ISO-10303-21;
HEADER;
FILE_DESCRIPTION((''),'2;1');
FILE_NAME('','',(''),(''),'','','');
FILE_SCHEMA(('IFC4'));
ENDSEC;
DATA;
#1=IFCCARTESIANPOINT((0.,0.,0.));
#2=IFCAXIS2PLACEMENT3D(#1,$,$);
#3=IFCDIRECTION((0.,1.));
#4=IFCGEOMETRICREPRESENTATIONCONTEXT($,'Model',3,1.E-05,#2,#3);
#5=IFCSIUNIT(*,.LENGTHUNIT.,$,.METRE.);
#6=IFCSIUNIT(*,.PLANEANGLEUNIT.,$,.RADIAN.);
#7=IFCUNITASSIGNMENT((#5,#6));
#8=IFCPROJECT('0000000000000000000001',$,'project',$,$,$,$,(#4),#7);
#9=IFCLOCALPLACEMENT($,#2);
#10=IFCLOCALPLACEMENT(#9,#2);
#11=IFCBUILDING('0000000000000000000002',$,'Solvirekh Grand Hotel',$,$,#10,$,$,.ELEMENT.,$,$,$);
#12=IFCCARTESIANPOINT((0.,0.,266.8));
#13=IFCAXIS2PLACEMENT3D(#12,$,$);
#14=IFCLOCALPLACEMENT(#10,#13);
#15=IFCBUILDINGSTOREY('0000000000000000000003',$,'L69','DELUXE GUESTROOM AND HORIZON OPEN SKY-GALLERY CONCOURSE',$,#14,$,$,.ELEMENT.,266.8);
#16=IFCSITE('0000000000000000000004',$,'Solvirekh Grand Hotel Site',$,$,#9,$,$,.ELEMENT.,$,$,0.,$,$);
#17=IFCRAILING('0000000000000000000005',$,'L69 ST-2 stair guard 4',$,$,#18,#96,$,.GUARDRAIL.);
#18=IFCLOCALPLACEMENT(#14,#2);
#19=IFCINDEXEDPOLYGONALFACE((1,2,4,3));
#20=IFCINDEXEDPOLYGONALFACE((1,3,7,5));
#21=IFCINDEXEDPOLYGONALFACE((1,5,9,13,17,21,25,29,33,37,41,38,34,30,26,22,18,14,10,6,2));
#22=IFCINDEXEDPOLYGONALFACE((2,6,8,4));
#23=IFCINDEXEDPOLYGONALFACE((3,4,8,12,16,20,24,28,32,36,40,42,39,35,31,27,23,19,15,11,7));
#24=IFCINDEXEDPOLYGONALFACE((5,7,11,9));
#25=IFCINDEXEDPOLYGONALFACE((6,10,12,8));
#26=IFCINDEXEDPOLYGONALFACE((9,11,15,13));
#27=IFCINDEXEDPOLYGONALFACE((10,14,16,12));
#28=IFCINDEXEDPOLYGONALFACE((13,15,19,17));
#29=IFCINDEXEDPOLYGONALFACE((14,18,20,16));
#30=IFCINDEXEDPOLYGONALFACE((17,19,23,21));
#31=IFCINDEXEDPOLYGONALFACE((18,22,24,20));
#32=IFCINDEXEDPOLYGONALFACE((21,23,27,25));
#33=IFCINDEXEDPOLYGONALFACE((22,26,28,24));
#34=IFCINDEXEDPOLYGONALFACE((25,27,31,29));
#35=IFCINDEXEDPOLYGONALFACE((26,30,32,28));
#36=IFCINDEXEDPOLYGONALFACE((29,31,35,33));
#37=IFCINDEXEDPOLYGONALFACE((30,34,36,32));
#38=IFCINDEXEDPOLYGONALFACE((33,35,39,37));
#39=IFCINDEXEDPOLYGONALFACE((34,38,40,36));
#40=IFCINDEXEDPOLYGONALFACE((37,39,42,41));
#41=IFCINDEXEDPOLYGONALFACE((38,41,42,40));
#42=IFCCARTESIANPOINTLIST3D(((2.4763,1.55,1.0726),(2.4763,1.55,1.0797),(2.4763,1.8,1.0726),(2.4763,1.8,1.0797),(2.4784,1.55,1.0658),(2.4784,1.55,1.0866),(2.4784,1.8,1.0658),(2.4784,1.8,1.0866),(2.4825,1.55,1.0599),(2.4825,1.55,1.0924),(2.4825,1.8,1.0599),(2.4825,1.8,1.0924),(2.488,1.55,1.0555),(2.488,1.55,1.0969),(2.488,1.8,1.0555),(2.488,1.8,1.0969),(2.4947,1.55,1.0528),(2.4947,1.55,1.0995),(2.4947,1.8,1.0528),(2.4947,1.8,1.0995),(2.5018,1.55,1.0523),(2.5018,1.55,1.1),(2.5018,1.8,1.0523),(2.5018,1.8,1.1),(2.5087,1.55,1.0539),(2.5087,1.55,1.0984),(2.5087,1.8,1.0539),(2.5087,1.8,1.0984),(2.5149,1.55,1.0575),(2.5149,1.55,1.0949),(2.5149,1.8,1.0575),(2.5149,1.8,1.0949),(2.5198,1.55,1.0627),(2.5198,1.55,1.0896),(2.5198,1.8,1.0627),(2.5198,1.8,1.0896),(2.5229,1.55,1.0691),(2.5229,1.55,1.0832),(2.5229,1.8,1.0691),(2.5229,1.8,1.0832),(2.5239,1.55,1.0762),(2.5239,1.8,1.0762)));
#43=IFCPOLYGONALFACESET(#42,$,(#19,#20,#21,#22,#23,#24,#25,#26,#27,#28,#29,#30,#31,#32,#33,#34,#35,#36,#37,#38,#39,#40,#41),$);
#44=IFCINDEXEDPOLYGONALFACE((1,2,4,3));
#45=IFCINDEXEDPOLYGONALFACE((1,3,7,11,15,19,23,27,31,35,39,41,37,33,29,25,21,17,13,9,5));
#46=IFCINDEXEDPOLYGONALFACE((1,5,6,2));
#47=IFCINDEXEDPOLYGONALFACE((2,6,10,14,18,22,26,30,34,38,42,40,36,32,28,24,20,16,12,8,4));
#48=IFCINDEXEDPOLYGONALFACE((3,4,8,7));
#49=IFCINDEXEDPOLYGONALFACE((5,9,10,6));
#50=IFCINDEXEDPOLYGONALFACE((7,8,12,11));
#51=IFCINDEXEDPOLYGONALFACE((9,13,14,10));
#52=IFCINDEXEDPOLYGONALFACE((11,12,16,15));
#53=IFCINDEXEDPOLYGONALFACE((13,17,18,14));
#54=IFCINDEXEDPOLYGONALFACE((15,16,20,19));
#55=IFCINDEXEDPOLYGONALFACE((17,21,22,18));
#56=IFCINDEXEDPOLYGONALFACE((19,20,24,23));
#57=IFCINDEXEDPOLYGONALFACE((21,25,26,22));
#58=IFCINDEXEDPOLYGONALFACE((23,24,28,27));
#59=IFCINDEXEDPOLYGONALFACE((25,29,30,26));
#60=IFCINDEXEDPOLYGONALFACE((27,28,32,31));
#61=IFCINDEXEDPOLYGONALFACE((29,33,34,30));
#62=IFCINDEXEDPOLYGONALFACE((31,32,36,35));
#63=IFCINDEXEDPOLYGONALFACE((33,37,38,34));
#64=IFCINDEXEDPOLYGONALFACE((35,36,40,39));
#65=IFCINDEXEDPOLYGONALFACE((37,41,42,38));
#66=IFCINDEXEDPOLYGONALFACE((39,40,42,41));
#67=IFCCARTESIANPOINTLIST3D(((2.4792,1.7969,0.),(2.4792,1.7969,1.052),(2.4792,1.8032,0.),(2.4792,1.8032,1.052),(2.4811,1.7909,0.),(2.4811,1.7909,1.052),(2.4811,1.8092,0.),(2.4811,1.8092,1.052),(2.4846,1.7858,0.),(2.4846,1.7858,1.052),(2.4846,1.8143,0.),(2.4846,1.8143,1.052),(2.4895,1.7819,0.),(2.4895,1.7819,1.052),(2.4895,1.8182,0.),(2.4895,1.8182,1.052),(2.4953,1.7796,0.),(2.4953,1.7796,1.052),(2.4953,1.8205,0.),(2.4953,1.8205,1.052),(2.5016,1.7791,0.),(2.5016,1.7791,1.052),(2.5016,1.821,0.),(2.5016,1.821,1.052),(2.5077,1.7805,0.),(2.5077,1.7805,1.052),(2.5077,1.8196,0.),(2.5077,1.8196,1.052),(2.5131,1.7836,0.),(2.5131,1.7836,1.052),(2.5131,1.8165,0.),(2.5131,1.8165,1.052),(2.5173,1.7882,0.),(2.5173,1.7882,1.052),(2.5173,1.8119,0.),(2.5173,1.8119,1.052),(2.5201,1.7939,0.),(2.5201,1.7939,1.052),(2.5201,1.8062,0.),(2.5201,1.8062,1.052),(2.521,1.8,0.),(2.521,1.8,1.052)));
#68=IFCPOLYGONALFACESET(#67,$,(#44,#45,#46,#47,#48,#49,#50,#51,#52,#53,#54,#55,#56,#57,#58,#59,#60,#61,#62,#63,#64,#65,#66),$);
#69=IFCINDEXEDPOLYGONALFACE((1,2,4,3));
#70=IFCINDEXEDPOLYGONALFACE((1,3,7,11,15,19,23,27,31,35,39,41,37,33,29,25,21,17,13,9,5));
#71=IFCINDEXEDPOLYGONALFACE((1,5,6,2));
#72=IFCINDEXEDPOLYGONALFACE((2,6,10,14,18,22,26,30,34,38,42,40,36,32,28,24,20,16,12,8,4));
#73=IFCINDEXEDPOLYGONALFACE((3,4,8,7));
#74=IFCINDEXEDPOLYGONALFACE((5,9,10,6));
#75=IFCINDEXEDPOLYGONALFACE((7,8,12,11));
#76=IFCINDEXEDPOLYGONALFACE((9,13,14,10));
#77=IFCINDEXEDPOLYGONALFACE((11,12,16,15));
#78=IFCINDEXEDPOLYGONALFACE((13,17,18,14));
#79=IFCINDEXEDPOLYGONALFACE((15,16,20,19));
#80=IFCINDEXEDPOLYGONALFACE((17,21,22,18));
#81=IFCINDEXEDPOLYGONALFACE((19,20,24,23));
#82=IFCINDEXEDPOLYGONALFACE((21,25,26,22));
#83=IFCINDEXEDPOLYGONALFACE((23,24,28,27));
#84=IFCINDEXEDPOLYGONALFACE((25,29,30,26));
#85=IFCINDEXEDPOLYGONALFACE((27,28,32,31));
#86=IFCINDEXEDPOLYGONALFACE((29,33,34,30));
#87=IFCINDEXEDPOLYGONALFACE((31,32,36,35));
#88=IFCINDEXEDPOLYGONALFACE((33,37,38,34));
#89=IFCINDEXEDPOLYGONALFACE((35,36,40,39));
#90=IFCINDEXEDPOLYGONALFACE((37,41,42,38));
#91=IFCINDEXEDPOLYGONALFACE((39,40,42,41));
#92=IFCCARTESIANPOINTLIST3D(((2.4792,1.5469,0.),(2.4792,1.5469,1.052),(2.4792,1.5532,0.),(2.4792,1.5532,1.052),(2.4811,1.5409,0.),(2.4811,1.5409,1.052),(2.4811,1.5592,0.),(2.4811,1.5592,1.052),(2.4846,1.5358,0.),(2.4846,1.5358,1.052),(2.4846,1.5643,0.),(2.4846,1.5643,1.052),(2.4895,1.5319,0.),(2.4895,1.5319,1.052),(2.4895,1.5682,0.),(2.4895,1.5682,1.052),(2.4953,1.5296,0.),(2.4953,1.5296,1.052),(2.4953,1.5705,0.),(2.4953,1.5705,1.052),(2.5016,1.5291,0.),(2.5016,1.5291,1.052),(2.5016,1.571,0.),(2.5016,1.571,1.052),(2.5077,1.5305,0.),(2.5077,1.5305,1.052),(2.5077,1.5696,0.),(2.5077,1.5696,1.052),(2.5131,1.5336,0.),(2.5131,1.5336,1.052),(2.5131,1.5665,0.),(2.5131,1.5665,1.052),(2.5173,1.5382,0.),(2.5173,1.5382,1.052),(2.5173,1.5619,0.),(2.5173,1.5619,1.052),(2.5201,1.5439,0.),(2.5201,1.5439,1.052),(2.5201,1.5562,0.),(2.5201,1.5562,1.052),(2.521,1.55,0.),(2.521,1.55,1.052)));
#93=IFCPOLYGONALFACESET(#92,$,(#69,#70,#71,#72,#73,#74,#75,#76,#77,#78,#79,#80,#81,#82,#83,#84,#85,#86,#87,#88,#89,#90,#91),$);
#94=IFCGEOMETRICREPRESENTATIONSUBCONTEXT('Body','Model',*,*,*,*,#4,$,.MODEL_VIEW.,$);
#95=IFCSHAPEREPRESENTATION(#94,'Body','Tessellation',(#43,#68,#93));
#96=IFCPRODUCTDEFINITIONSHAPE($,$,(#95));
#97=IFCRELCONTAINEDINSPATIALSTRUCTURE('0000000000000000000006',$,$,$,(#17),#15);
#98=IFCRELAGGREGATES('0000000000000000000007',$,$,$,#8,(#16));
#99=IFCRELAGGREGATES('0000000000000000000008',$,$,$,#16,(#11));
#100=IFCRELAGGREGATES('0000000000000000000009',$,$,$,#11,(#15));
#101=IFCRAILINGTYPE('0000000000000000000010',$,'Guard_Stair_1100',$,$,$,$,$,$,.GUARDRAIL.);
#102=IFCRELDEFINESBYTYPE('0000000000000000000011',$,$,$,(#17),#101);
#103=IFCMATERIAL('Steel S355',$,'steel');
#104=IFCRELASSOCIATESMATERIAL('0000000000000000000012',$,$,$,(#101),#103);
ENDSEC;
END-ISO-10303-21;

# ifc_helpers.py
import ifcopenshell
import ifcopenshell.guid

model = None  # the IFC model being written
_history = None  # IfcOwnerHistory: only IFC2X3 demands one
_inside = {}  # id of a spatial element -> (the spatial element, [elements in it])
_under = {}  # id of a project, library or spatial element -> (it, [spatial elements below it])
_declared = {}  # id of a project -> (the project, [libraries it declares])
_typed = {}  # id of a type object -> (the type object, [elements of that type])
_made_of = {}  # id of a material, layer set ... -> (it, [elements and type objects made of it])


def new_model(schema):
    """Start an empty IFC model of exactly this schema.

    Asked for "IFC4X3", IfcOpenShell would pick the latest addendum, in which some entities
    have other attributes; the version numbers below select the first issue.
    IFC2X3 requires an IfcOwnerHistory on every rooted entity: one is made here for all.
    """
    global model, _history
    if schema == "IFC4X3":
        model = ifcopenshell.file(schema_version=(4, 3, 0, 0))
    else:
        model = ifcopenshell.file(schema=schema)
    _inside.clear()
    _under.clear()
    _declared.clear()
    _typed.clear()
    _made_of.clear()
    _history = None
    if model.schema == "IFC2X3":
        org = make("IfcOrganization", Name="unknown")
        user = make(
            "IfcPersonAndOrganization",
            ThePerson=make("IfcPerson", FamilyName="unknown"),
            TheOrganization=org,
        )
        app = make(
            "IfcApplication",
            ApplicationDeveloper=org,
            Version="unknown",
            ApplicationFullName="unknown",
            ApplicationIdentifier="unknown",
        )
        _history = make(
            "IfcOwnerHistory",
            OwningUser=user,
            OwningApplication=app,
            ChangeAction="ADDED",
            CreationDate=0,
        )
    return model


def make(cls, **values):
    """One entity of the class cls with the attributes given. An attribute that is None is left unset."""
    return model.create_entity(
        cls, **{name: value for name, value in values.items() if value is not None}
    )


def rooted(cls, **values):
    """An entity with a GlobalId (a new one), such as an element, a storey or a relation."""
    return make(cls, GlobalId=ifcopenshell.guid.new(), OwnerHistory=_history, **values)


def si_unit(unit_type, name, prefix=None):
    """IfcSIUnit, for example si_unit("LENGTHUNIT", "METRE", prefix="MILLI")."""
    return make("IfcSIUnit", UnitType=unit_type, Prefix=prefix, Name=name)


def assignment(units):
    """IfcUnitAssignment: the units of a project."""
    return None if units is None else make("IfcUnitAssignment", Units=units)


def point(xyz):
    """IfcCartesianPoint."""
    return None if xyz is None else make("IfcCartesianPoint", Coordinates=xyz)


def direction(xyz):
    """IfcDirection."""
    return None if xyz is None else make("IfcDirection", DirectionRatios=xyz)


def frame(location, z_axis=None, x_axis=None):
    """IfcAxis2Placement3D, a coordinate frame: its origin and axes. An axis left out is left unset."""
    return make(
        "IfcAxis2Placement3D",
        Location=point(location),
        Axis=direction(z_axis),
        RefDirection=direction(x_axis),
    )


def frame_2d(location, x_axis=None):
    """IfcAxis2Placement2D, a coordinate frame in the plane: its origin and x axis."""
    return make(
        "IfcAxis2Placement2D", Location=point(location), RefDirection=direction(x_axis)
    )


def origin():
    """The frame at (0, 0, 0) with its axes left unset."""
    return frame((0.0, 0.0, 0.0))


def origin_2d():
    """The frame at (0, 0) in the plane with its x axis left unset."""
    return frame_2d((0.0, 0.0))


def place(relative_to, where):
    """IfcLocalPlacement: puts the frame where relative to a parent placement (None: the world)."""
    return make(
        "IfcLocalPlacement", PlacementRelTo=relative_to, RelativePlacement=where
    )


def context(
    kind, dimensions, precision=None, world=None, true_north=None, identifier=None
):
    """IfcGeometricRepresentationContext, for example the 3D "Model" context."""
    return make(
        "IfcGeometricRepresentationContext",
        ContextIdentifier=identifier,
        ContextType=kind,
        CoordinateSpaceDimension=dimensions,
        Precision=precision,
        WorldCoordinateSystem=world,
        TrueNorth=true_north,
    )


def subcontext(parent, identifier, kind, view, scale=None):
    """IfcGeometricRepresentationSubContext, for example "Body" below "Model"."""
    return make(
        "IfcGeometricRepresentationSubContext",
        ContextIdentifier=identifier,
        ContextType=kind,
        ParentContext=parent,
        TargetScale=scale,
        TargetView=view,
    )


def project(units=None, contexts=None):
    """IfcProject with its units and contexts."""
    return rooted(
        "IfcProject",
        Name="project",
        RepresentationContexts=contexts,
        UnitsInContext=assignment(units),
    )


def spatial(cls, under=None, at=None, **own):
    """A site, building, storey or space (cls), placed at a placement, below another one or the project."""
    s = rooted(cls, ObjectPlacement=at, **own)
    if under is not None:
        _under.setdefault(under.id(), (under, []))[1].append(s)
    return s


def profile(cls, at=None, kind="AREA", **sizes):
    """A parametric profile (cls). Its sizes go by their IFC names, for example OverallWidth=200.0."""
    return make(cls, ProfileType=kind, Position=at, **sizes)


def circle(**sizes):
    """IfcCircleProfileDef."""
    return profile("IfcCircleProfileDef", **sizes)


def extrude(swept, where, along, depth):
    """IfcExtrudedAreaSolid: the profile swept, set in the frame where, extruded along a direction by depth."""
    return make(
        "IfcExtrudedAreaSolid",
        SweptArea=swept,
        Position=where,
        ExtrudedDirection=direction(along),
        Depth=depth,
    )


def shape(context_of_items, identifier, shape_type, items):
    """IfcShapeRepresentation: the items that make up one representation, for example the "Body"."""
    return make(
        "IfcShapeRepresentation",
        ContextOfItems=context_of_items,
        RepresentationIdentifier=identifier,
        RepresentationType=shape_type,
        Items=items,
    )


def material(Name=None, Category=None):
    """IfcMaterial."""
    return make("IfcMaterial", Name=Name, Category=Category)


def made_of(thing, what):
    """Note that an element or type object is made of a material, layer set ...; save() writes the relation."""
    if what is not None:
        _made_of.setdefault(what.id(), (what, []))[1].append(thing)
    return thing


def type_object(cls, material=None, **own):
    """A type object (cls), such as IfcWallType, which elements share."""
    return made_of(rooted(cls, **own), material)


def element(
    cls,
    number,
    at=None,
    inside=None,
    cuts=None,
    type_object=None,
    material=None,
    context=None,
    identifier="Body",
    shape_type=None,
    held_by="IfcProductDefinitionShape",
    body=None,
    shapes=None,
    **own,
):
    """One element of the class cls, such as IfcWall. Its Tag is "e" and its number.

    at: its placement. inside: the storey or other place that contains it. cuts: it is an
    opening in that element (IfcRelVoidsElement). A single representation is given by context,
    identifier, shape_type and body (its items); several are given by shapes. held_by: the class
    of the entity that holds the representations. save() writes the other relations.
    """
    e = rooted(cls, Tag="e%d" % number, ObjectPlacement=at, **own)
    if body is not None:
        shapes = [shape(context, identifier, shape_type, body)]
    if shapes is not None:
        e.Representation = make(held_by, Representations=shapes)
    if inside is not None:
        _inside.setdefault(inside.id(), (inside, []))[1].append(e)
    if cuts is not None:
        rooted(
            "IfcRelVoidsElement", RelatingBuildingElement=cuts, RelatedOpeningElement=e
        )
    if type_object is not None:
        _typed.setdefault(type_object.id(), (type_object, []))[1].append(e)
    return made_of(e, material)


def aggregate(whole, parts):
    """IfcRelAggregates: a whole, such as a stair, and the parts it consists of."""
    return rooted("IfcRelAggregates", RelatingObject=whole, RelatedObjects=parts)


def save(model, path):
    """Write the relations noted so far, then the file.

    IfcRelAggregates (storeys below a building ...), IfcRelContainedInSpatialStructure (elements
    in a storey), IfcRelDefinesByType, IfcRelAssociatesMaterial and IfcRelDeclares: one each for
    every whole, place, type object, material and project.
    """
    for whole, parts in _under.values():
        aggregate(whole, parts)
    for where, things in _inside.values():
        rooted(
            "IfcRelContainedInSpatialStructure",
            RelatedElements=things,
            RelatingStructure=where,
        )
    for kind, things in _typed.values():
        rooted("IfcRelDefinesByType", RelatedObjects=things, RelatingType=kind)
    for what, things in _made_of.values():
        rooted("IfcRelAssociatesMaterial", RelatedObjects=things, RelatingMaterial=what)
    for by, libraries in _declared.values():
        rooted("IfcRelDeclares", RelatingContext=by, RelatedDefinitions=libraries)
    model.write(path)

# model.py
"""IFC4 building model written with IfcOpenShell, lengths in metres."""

from ifc_helpers import new_model, si_unit, direction, frame, origin, origin_2d, place, context, subcontext, project, spatial, circle, extrude, material, type_object, element, save


model = new_model("IFC4")

# Units and contexts
model_context = context("Model", 3, precision=1e-05, world=origin(), true_north=direction((0.0, 1.0)))
body_context = subcontext(model_context, "Body", "Model", "MODEL_VIEW")
ifc_project = project(units=[si_unit("LENGTHUNIT", "METRE"), si_unit("PLANEANGLEUNIT", "RADIAN")], contexts=[model_context])

# Site, building, storey
site_placement = place(None, origin())
site = spatial("IfcSite", under=ifc_project, at=site_placement, Name="Solvirekh Grand Hotel Site", CompositionType="ELEMENT", RefElevation=0.0)
building_placement = place(site_placement, origin())
building = spatial("IfcBuilding", under=site, at=building_placement, Name="Solvirekh Grand Hotel", CompositionType="ELEMENT")
storey_placement = place(building_placement, frame((0.0, 0.0, 266.8)))
storey = spatial("IfcBuildingStorey", under=building, at=storey_placement, Name="L69", Description="DELUXE GUESTROOM AND HORIZON OPEN SKY-GALLERY CONCOURSE", CompositionType="ELEMENT", Elevation=266.8)

# Shared definitions
ifc_material_1 = material(Name="Steel S355", Category="steel")

# Railing
railing_type_1 = type_object("IfcRailingType", Name="Guard_Stair_1100", PredefinedType="GUARDRAIL", material=ifc_material_1)
railing_1_placement = place(storey_placement, frame((2.5, 1.8, 0.0)))
element("IfcRailing", 1, at=railing_1_placement, inside=storey, type_object=railing_type_1, Name="L69 ST-2 stair guard 4", PredefinedType="GUARDRAIL", context=body_context, shape_type="SweptSolid", body=[
    extrude(circle(Radius=0.0239, at=origin_2d()), frame((0.0, 0.0, 1.0762), z_axis=(0.0, -1.0, 0.0), x_axis=(1.0, 0.0, 0.0)), (0.0, 0.0, 1.0), 0.25),
    extrude(circle(Radius=0.021, at=origin_2d()), origin(), (0.0, 0.0, 1.0), 1.052),
    extrude(circle(Radius=0.021, at=origin_2d()), frame((0.0, -0.25, 0.0)), (0.0, 0.0, 1.0), 1.052),
])

save(model, "model.ifc")
